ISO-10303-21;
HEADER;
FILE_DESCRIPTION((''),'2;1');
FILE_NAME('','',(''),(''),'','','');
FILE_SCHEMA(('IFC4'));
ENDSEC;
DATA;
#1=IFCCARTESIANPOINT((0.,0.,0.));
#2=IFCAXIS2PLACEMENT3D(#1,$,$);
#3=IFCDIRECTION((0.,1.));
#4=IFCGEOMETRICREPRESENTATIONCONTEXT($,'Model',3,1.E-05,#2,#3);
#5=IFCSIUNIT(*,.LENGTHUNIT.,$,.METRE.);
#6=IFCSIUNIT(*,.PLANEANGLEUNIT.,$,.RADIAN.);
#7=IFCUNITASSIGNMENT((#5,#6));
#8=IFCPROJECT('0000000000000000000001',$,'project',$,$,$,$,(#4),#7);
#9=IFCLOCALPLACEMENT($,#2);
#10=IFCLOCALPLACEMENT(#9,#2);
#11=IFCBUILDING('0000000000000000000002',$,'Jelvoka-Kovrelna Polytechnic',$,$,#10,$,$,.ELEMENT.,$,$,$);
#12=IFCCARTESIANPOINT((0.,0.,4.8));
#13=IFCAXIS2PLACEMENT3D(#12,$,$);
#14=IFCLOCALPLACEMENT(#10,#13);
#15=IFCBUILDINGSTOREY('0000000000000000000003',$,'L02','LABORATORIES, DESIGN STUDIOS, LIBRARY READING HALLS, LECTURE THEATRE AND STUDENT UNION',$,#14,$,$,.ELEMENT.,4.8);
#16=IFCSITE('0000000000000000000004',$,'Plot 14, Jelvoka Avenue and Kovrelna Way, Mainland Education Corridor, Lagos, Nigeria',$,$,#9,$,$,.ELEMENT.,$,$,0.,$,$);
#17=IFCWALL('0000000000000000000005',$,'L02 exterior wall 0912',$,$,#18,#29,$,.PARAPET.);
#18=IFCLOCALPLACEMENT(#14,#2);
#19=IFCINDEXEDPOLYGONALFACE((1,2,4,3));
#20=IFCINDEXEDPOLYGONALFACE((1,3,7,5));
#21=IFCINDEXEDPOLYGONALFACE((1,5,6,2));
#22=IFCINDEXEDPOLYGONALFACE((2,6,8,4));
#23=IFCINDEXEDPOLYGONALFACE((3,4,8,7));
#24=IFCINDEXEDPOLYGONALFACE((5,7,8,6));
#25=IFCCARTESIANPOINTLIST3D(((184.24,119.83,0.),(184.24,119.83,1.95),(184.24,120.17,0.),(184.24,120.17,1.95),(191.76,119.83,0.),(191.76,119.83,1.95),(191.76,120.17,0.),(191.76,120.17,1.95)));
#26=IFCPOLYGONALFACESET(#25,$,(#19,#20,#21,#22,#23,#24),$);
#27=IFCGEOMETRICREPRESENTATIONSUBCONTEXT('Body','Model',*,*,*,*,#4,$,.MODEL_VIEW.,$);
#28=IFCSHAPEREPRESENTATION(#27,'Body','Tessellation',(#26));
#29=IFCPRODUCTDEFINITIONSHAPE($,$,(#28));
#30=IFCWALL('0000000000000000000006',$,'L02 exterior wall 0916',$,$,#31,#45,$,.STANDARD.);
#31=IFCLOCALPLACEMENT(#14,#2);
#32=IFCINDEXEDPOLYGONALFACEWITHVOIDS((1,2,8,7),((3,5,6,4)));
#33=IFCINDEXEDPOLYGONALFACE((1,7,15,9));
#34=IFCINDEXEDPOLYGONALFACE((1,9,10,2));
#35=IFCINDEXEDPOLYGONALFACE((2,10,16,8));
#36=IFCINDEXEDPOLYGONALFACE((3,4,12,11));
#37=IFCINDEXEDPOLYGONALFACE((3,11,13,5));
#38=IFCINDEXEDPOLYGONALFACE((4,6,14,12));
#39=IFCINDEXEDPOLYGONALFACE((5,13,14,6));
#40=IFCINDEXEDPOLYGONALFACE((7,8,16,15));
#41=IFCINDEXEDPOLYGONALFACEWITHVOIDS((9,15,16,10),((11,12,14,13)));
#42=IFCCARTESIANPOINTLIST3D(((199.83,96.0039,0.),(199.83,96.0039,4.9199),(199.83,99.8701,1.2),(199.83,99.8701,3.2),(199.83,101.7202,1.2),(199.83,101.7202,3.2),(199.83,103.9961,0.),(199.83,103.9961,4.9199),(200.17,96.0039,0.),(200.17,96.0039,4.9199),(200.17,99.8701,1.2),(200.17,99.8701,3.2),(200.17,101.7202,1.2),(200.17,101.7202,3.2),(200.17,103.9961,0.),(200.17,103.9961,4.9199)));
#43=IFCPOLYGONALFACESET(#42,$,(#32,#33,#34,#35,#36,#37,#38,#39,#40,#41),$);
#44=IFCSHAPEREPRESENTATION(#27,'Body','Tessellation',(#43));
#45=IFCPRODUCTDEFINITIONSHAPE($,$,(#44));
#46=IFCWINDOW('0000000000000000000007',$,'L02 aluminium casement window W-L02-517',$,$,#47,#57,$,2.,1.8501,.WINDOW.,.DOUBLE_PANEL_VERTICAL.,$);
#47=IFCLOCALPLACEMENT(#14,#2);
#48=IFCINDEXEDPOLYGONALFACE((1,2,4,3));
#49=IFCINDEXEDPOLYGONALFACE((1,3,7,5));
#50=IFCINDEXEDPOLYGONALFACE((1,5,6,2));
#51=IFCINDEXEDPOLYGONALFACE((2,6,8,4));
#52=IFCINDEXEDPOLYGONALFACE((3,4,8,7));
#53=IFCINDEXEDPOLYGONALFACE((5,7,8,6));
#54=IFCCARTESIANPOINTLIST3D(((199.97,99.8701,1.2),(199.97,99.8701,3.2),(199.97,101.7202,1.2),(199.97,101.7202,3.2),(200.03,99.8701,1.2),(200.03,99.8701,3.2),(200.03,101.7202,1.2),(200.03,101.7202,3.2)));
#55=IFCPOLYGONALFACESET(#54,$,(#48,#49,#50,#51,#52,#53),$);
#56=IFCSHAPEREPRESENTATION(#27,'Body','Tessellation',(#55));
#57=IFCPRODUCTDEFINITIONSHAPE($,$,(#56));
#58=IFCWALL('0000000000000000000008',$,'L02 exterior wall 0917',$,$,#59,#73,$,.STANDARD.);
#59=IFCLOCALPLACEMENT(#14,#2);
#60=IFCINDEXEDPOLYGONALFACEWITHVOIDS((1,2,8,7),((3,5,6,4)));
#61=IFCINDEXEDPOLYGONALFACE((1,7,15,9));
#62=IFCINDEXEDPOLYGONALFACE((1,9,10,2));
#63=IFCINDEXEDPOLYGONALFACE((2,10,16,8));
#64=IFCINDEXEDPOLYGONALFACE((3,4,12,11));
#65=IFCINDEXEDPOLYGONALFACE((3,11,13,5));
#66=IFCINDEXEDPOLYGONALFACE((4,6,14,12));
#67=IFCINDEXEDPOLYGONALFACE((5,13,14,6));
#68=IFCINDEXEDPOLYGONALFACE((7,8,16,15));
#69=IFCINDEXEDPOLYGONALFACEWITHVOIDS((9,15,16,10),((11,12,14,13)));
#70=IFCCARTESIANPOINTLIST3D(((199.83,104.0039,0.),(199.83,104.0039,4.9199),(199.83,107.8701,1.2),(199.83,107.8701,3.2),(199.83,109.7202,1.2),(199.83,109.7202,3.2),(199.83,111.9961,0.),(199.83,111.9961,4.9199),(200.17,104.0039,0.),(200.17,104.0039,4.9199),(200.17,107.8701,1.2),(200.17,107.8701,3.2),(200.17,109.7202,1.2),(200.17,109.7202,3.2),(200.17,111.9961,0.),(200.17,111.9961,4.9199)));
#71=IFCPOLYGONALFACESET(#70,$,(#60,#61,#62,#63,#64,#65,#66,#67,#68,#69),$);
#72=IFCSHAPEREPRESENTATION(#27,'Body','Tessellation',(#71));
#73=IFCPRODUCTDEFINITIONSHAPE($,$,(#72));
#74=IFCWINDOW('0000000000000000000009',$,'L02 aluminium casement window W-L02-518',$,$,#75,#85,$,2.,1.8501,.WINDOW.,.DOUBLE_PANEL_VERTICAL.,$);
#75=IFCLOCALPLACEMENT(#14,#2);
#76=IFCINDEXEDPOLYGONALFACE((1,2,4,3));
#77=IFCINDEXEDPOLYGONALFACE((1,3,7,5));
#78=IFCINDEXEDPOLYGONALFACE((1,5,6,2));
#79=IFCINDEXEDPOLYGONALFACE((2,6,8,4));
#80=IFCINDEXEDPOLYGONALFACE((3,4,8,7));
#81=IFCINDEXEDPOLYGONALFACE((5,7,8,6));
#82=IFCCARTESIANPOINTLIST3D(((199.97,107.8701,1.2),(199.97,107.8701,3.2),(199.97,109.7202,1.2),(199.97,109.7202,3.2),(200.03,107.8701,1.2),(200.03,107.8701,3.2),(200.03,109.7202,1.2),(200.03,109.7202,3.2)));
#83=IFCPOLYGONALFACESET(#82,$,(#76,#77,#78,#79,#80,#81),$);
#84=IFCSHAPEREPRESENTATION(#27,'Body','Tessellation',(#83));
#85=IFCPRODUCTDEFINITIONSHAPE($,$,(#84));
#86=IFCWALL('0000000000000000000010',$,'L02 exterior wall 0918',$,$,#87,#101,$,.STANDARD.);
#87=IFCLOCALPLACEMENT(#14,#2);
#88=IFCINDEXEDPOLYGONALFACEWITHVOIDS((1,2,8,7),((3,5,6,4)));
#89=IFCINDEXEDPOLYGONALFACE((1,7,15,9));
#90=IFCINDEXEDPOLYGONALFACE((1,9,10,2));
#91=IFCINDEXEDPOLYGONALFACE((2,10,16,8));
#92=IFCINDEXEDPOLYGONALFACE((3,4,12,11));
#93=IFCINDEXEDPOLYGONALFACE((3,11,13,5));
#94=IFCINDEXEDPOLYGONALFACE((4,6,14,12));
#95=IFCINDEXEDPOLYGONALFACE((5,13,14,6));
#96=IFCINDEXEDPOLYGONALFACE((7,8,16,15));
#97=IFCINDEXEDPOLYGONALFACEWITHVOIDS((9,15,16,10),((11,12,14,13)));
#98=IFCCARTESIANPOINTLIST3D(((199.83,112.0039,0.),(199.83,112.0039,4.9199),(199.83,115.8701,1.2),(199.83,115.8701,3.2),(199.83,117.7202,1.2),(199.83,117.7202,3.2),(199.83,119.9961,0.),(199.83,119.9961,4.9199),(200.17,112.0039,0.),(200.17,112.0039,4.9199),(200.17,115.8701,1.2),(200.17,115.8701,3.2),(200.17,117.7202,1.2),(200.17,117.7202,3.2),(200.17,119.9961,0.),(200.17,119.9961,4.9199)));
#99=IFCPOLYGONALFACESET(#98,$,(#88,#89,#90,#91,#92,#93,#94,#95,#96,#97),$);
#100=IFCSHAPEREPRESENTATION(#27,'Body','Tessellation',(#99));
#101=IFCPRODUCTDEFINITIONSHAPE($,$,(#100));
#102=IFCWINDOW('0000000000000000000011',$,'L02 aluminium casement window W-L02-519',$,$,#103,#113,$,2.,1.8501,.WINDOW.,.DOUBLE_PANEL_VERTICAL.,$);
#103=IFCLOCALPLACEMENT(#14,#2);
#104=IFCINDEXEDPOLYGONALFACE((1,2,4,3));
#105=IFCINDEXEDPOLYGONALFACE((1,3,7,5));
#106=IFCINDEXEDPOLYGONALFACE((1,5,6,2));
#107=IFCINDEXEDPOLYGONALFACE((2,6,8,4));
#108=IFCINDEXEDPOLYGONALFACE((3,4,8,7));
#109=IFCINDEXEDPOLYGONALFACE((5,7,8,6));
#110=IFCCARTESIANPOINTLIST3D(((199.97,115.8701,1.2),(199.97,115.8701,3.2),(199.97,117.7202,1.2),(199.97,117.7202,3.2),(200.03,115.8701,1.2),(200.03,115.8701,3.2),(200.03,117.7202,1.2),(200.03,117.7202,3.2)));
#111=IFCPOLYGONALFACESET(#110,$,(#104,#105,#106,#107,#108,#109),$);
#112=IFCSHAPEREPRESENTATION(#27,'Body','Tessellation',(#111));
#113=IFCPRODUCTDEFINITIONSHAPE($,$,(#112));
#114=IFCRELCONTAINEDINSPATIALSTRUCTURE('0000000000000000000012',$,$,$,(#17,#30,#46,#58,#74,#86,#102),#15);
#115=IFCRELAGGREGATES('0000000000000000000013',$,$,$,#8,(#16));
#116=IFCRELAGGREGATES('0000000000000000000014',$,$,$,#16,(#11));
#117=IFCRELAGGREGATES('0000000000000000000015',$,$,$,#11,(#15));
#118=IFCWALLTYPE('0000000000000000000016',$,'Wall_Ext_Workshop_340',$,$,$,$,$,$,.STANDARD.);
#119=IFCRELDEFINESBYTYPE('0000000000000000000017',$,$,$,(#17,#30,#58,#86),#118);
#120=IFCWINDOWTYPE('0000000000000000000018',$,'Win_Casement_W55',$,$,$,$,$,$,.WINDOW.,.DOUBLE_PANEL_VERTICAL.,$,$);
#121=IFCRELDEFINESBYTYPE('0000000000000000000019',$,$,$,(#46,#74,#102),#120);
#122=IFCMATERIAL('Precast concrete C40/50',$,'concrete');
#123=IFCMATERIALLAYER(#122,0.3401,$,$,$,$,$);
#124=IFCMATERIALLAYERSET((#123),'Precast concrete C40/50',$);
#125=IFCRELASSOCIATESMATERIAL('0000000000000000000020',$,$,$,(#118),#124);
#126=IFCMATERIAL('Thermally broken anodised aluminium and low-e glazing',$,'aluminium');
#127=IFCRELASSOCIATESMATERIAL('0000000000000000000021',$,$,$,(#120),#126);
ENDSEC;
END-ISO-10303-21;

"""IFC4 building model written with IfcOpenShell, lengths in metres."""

from ifc_helpers import new_model, si_unit, direction, frame, frame_2d, origin, place, context, subcontext, project, spatial, rectangle, extrude, material, layer, layer_set, type_object, element, fill, save


model = new_model("IFC4")

# Units and contexts
model_context = context("Model", 3, precision=1e-05, world=origin(), true_north=direction((0.0, 1.0)))
body_context = subcontext(model_context, "Body", "Model", "MODEL_VIEW")
ifc_project = project(units=[si_unit("LENGTHUNIT", "METRE"), si_unit("PLANEANGLEUNIT", "RADIAN")], contexts=[model_context])

# Site, building, storey
site_placement = place(None, origin())
site = spatial("IfcSite", under=ifc_project, at=site_placement, Name="Plot 14, Jelvoka Avenue and Kovrelna Way, Mainland Education Corridor, Lagos, Nigeria", CompositionType="ELEMENT", RefElevation=0.0)
building_placement = place(site_placement, origin())
building = spatial("IfcBuilding", under=site, at=building_placement, Name="Jelvoka-Kovrelna Polytechnic", CompositionType="ELEMENT")
storey_placement = place(building_placement, frame((0.0, 0.0, 4.8)))
storey = spatial("IfcBuildingStorey", under=building, at=storey_placement, Name="L02", Description="LABORATORIES, DESIGN STUDIOS, LIBRARY READING HALLS, LECTURE THEATRE AND STUDENT UNION", CompositionType="ELEMENT", Elevation=4.8)

# Wall
ifc_material_1 = material(Name="Precast concrete C40/50", Category="concrete")
ifc_layer_1 = layer(ifc_material_1, 0.3401)
ifc_layer_set_1 = layer_set([ifc_layer_1], Name="Precast concrete C40/50")
wall_type = type_object("IfcWallType", Name="Wall_Ext_Workshop_340", PredefinedType="STANDARD", material=ifc_layer_set_1)
wall_1_placement = place(storey_placement, frame((184.24, 120.0, 0.0), z_axis=(0.0, 0.0, 1.0), x_axis=(1.0, 0.0, 0.0)))
element("IfcWall", 1, at=wall_1_placement, inside=storey, type_object=wall_type, Name="L02 exterior wall 0912", PredefinedType="PARAPET", context=body_context, shape_type="SweptSolid", body=[
    extrude(rectangle(XDim=7.52, YDim=0.3401, at=frame_2d((3.76, 0.0))), origin(), (0.0, 0.0, 1.0), 1.95),
])

# Walls, openings, windows
wall_2_placement = place(storey_placement, frame((200.0, 103.9961, 0.0), z_axis=(0.0, 0.0, 1.0), x_axis=(0.0, -1.0, 0.0)))
wall_2 = element("IfcWall", 2, at=wall_2_placement, inside=storey, type_object=wall_type, Name="L02 exterior wall 0916", PredefinedType="STANDARD", context=body_context, shape_type="SweptSolid", body=[
    extrude(rectangle(XDim=7.9922, YDim=0.3401, at=frame_2d((3.9961, 0.0))), origin(), (0.0, 0.0, 1.0), 4.9199),
])
opening_1_placement = place(wall_2_placement, frame((2.2759, 0.0, 1.2)))
opening_1 = element("IfcOpeningElement", 3, at=opening_1_placement, cuts=wall_2, PredefinedType="OPENING", context=body_context, shape_type="SweptSolid", body=[
    extrude(rectangle(XDim=1.8501, YDim=2.0, at=frame_2d((0.925, 1.0))), frame((0.0, 0.1799, 0.0), z_axis=(0.0, -1.0, 0.0), x_axis=(1.0, 0.0, 0.0)), (0.0, 0.0, 1.0), 0.3601),
])
ifc_material_2 = material(Name="Thermally broken anodised aluminium and low-e glazing", Category="aluminium")
window_type = type_object("IfcWindowType", Name="Win_Casement_W55", PartitioningType="DOUBLE_PANEL_VERTICAL", PredefinedType="WINDOW", material=ifc_material_2)
window_1_placement = place(opening_1_placement, origin())
window_1 = element("IfcWindow", 4, at=window_1_placement, inside=storey, type_object=window_type, Name="L02 aluminium casement window W-L02-517", OverallHeight=2.0, OverallWidth=1.8501, PartitioningType="DOUBLE_PANEL_VERTICAL", PredefinedType="WINDOW", context=body_context, shape_type="SweptSolid", body=[
    extrude(rectangle(XDim=1.8501, YDim=2.0, at=frame_2d((0.925, 1.0))), frame((0.0, 0.03, 0.0), z_axis=(0.0, -1.0, 0.0), x_axis=(1.0, 0.0, 0.0)), (0.0, 0.0, 1.0), 0.0601),
])
fill(opening_1, window_1)
wall_3_placement = place(storey_placement, frame((200.0, 111.9961, 0.0), z_axis=(0.0, 0.0, 1.0), x_axis=(0.0, -1.0, 0.0)))
wall_3 = element("IfcWall", 5, at=wall_3_placement, inside=storey, type_object=wall_type, Name="L02 exterior wall 0917", PredefinedType="STANDARD", context=body_context, shape_type="SweptSolid", body=[
    extrude(rectangle(XDim=7.9922, YDim=0.3401, at=frame_2d((3.9961, 0.0))), origin(), (0.0, 0.0, 1.0), 4.9199),
])
opening_2_placement = place(wall_3_placement, frame((2.2759, 0.0, 1.2)))
opening_2 = element("IfcOpeningElement", 6, at=opening_2_placement, cuts=wall_3, PredefinedType="OPENING", context=body_context, shape_type="SweptSolid", body=[
    extrude(rectangle(XDim=1.8501, YDim=2.0, at=frame_2d((0.925, 1.0))), frame((0.0, 0.1799, 0.0), z_axis=(0.0, -1.0, 0.0), x_axis=(1.0, 0.0, 0.0)), (0.0, 0.0, 1.0), 0.3601),
])
window_2_placement = place(opening_2_placement, origin())
window_2 = element("IfcWindow", 7, at=window_2_placement, inside=storey, type_object=window_type, Name="L02 aluminium casement window W-L02-518", OverallHeight=2.0, OverallWidth=1.8501, PartitioningType="DOUBLE_PANEL_VERTICAL", PredefinedType="WINDOW", context=body_context, shape_type="SweptSolid", body=[
    extrude(rectangle(XDim=1.8501, YDim=2.0, at=frame_2d((0.925, 1.0))), frame((0.0, 0.03, 0.0), z_axis=(0.0, -1.0, 0.0), x_axis=(1.0, 0.0, 0.0)), (0.0, 0.0, 1.0), 0.0601),
])
fill(opening_2, window_2)
wall_4_placement = place(storey_placement, frame((200.0, 119.9961, 0.0), z_axis=(0.0, 0.0, 1.0), x_axis=(0.0, -1.0, 0.0)))
wall_4 = element("IfcWall", 8, at=wall_4_placement, inside=storey, type_object=wall_type, Name="L02 exterior wall 0918", PredefinedType="STANDARD", context=body_context, shape_type="SweptSolid", body=[
    extrude(rectangle(XDim=7.9922, YDim=0.3401, at=frame_2d((3.9961, 0.0))), origin(), (0.0, 0.0, 1.0), 4.9199),
])
opening_3_placement = place(wall_4_placement, frame((2.2759, 0.0, 1.2)))
opening_3 = element("IfcOpeningElement", 9, at=opening_3_placement, cuts=wall_4, PredefinedType="OPENING", context=body_context, shape_type="SweptSolid", body=[
    extrude(rectangle(XDim=1.8501, YDim=2.0, at=frame_2d((0.925, 1.0))), frame((0.0, 0.1799, 0.0), z_axis=(0.0, -1.0, 0.0), x_axis=(1.0, 0.0, 0.0)), (0.0, 0.0, 1.0), 0.3601),
])
window_3_placement = place(opening_3_placement, origin())
window_3 = element("IfcWindow", 10, at=window_3_placement, inside=storey, type_object=window_type, Name="L02 aluminium casement window W-L02-519", OverallHeight=2.0, OverallWidth=1.8501, PartitioningType="DOUBLE_PANEL_VERTICAL", PredefinedType="WINDOW", context=body_context, shape_type="SweptSolid", body=[
    extrude(rectangle(XDim=1.8501, YDim=2.0, at=frame_2d((0.925, 1.0))), frame((0.0, 0.03, 0.0), z_axis=(0.0, -1.0, 0.0), x_axis=(1.0, 0.0, 0.0)), (0.0, 0.0, 1.0), 0.0601),
])
fill(opening_3, window_3)

save(model, "model.ifc")
